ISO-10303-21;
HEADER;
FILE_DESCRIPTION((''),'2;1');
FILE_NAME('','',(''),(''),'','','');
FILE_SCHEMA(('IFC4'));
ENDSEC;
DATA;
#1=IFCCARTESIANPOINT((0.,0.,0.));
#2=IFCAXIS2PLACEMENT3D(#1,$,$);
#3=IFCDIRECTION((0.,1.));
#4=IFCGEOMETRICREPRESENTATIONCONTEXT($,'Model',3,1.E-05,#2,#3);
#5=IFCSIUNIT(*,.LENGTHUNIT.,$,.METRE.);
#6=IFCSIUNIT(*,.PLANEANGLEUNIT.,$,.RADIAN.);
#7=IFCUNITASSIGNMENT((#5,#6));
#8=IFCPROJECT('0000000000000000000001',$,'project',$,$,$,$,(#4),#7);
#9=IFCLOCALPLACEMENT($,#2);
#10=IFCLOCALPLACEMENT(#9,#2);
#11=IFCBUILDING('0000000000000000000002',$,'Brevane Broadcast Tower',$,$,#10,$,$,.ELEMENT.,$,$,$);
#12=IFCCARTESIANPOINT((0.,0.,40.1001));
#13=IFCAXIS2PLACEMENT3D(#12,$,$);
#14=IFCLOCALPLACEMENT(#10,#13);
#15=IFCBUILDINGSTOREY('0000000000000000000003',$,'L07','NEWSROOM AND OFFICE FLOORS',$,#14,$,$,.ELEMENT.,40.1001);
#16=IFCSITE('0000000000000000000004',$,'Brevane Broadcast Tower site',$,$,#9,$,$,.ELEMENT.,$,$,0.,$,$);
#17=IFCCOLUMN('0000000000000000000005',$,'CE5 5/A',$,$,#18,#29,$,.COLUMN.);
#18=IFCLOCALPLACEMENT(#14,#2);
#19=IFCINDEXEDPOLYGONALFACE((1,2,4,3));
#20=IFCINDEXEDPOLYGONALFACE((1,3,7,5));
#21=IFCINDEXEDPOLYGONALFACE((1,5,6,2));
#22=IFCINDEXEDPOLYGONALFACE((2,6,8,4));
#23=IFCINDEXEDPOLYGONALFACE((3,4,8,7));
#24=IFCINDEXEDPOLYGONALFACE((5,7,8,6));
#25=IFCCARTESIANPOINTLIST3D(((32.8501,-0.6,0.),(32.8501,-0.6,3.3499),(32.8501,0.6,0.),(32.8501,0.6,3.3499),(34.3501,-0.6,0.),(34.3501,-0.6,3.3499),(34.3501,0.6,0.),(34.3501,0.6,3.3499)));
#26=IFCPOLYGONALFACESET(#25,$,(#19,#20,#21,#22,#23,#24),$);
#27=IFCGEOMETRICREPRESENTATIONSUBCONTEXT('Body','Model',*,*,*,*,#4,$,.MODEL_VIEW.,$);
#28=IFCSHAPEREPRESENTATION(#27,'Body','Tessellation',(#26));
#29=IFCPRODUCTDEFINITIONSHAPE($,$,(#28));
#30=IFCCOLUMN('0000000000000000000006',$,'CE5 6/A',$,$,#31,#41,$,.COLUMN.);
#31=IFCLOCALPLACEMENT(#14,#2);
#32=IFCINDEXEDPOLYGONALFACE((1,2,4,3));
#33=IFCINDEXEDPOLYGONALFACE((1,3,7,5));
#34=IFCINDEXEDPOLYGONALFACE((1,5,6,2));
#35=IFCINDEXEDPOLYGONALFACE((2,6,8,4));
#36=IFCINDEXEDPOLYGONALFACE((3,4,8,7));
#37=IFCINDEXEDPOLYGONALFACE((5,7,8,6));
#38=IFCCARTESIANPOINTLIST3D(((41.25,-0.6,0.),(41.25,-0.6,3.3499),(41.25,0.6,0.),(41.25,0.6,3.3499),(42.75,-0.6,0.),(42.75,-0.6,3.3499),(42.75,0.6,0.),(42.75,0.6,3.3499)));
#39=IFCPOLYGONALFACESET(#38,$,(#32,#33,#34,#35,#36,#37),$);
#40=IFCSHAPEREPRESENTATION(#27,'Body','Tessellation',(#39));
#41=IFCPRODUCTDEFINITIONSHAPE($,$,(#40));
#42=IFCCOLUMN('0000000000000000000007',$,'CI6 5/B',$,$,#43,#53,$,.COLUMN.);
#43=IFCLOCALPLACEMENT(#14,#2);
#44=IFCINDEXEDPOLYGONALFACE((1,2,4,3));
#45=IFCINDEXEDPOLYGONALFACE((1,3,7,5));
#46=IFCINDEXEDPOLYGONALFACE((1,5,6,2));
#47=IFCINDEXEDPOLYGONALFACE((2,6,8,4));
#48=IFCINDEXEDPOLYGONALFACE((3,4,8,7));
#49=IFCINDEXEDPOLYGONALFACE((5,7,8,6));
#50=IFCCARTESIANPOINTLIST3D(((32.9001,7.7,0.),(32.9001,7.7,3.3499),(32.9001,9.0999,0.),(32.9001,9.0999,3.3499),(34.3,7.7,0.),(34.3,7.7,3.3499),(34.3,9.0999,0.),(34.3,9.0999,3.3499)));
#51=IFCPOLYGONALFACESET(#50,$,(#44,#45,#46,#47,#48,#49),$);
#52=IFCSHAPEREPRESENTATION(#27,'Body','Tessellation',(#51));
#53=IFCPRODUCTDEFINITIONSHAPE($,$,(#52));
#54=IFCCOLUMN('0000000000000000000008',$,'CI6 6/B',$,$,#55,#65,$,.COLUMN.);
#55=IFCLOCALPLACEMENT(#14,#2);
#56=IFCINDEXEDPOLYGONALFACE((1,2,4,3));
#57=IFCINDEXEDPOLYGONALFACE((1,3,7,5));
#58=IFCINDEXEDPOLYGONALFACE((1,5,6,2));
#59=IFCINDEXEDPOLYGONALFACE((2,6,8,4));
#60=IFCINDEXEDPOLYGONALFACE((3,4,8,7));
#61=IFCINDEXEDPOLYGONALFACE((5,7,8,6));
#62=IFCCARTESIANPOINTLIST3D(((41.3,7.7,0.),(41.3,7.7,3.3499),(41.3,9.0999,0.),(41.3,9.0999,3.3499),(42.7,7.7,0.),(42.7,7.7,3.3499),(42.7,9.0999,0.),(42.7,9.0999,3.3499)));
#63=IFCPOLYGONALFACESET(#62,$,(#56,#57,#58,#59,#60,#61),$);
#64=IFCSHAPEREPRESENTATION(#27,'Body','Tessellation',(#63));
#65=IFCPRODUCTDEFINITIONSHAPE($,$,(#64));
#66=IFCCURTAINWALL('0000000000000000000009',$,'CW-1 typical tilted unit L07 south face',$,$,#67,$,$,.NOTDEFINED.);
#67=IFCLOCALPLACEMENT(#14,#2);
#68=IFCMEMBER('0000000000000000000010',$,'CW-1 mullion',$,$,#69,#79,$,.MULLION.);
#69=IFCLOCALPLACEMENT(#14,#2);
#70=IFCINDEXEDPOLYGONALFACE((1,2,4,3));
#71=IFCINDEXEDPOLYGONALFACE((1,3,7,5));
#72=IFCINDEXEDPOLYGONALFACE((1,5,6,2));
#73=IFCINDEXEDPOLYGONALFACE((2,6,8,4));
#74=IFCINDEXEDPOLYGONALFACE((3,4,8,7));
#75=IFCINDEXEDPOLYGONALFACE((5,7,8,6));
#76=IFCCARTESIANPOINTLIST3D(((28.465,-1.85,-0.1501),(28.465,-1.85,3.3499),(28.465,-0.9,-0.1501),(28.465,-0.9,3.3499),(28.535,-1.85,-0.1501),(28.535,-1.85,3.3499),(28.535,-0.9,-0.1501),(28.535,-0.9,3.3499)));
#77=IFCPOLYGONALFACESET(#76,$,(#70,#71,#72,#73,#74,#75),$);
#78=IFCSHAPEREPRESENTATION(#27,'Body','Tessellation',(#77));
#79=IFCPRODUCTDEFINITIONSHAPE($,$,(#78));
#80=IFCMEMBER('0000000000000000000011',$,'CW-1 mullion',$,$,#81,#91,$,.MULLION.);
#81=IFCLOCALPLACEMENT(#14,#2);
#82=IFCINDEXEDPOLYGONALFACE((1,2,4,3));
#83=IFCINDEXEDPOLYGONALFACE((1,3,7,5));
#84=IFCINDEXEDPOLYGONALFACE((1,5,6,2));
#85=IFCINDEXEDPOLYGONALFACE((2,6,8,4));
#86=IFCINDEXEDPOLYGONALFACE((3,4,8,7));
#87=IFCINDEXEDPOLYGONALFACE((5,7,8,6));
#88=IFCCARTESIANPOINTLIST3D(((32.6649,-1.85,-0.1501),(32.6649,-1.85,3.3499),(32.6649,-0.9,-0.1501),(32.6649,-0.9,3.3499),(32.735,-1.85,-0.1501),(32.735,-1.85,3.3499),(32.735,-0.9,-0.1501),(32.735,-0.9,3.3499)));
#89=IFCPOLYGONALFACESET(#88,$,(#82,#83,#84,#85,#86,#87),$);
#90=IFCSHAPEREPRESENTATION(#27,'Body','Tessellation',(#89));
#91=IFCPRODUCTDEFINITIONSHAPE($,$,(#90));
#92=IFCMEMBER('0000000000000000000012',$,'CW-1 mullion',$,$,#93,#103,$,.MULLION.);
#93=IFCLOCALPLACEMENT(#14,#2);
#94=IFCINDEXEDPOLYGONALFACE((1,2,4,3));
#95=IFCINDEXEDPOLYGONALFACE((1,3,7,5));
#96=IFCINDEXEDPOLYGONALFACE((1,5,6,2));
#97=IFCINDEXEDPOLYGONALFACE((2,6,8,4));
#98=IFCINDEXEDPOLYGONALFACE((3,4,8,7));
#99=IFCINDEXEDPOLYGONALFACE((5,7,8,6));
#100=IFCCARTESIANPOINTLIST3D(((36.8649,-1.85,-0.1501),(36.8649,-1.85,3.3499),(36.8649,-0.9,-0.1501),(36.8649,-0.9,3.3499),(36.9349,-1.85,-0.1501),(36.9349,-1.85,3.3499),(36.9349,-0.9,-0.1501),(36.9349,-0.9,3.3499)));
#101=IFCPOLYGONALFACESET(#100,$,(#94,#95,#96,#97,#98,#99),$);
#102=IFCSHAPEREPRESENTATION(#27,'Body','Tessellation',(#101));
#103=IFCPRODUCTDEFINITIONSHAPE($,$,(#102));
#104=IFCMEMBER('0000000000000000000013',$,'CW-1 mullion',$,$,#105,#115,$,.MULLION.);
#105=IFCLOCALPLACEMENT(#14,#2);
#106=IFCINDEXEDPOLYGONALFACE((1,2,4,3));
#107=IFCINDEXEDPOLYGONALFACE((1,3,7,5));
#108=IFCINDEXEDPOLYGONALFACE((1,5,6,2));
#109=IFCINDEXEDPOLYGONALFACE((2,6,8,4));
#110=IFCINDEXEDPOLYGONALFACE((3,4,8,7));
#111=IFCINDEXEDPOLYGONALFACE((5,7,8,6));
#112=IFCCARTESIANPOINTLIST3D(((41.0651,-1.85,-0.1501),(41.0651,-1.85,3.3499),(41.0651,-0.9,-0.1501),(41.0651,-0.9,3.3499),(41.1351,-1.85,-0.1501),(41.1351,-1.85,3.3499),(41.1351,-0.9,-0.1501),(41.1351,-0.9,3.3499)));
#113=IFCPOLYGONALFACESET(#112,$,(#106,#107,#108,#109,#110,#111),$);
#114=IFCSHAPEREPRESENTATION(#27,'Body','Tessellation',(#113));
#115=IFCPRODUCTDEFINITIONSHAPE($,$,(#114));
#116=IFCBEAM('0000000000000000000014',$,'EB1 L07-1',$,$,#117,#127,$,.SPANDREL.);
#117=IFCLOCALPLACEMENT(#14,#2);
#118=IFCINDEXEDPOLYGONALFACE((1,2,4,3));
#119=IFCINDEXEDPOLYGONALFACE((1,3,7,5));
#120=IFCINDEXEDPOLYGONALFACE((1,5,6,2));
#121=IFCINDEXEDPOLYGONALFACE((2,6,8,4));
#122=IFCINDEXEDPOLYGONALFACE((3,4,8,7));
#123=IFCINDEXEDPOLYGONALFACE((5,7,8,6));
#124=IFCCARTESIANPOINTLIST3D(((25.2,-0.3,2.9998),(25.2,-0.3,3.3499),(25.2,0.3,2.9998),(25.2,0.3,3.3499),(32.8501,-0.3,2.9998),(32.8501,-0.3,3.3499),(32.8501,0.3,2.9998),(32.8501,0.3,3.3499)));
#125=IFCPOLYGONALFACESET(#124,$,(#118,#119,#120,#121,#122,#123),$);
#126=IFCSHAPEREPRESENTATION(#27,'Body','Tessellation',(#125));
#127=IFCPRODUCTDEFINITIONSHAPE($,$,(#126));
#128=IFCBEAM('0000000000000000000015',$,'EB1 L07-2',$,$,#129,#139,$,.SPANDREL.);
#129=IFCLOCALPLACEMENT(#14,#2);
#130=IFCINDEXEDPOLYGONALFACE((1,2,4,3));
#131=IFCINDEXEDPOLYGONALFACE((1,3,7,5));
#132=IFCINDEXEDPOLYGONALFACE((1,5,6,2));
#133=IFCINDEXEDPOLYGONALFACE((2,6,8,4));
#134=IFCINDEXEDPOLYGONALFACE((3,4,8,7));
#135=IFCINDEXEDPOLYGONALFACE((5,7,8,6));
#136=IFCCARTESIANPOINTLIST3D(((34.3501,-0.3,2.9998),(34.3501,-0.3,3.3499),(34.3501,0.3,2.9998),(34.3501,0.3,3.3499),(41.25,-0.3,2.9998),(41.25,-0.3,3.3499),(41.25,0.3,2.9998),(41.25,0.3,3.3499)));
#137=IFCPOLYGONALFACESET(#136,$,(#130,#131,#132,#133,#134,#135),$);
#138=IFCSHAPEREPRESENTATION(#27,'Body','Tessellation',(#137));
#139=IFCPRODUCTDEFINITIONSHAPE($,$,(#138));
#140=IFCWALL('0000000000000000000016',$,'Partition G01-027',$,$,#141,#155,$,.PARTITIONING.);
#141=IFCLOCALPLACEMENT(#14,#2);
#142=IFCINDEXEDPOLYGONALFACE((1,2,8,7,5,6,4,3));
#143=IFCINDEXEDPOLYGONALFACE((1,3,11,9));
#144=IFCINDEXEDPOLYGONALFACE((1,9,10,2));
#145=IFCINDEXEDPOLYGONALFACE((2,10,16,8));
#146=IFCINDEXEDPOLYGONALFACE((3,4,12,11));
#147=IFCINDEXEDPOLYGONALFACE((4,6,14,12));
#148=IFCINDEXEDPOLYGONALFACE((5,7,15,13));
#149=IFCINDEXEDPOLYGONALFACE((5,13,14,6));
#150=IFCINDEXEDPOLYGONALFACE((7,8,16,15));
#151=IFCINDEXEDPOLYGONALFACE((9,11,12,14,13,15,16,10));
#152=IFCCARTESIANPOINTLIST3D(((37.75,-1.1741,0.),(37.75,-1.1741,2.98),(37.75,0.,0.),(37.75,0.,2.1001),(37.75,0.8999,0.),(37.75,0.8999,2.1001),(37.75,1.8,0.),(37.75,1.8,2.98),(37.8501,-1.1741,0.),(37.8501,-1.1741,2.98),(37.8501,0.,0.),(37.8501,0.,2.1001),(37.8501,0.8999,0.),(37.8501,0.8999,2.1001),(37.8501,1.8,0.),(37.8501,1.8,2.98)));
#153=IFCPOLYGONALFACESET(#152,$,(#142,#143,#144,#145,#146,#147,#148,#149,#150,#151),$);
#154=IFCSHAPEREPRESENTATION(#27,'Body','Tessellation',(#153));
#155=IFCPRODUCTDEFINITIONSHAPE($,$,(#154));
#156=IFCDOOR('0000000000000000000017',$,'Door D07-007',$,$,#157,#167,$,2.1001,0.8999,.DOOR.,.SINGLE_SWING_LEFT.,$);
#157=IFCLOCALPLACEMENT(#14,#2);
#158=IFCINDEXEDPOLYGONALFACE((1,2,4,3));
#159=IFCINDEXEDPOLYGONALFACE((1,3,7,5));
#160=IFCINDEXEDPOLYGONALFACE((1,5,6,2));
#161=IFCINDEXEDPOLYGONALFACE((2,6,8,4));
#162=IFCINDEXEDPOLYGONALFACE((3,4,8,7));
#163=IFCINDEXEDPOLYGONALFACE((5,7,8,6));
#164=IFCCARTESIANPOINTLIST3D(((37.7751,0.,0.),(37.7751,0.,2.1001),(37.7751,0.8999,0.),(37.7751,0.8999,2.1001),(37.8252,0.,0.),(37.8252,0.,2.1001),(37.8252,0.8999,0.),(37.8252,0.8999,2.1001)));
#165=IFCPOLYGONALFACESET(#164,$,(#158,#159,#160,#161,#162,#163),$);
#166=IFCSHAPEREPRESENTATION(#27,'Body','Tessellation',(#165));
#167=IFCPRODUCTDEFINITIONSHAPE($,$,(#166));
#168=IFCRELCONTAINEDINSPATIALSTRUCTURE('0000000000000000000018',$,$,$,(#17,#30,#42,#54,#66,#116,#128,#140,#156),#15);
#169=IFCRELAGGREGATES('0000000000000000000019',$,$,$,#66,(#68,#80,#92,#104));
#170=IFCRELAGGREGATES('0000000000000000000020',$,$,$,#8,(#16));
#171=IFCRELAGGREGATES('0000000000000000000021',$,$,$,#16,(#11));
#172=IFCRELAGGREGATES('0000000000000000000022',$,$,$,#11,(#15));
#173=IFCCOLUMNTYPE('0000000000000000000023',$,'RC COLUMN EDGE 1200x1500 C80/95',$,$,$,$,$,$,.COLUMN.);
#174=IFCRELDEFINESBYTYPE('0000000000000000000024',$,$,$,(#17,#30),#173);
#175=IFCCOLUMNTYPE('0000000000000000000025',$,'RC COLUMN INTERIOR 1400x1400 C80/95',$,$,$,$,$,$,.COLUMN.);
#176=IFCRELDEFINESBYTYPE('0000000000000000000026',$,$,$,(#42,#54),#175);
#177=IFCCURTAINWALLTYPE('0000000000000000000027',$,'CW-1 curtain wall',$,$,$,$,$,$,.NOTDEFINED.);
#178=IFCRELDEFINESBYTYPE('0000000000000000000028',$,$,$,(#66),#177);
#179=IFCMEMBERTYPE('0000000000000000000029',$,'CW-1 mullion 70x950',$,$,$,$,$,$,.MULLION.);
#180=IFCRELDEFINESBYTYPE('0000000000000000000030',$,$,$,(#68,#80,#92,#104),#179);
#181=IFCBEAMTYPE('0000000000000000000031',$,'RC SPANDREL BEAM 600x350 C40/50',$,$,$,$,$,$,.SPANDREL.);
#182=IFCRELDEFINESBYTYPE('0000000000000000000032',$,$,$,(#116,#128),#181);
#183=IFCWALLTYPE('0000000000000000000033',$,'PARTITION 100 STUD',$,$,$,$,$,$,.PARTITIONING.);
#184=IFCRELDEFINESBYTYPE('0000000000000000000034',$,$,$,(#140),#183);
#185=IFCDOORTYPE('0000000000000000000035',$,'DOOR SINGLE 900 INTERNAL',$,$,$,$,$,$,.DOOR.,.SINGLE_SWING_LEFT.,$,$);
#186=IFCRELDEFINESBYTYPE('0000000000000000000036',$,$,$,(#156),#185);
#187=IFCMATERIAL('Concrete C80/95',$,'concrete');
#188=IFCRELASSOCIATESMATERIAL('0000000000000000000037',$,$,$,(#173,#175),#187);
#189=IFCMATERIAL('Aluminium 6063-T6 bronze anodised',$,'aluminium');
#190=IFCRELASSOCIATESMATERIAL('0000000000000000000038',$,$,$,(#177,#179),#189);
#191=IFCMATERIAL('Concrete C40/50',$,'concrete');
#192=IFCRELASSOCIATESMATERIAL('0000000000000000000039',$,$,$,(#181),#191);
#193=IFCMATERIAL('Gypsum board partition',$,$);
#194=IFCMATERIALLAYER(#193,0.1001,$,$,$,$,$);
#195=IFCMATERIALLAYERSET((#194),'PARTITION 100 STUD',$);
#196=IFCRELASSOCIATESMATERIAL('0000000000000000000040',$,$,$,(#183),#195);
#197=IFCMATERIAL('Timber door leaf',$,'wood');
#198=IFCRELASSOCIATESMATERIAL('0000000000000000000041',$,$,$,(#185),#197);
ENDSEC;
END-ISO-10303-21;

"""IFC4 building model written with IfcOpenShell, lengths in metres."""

from ifc_helpers import new_model, si_unit, direction, frame, frame_2d, origin, origin_2d, place, context, subcontext, project, spatial, rectangle, extrude, material, layer, layer_set, material_profile, profile_set, type_object, element, fill, aggregate, save


model = new_model("IFC4")

# Units and contexts
model_context = context("Model", 3, precision=1e-05, world=origin(), true_north=direction((0.0, 1.0)))
body_context = subcontext(model_context, "Body", "Model", "MODEL_VIEW")
ifc_project = project(units=[si_unit("LENGTHUNIT", "METRE"), si_unit("PLANEANGLEUNIT", "RADIAN")], contexts=[model_context])

# Site, building, storey
site_placement = place(None, origin())
site = spatial("IfcSite", under=ifc_project, at=site_placement, Name="Brevane Broadcast Tower site", CompositionType="ELEMENT", RefElevation=0.0)
building_placement = place(site_placement, origin())
building = spatial("IfcBuilding", under=site, at=building_placement, Name="Brevane Broadcast Tower", CompositionType="ELEMENT")
storey_placement = place(building_placement, frame((0.0, 0.0, 40.1001)))
storey = spatial("IfcBuildingStorey", under=building, at=storey_placement, Name="L07", Description="NEWSROOM AND OFFICE FLOORS", CompositionType="ELEMENT", Elevation=40.1001)

# Columns
ifc_material_1 = material(Name="Concrete C80/95", Category="concrete")
ifc_material_profile_1 = material_profile(ifc_material_1, rectangle(XDim=1.2, YDim=1.5, at=origin_2d()), Name="RC 1200x1500")
ifc_profile_set_1 = profile_set([ifc_material_profile_1], Name="Concrete C80/95")
column_type_1 = type_object("IfcColumnType", Name="RC COLUMN EDGE 1200x1500 C80/95", PredefinedType="COLUMN", material=ifc_profile_set_1)
for number, where, z_axis, x_axis, name in (
    (1, (33.6001, 0.0, 0.0), (0.0, 0.0, 1.0), (0.0, 1.0, 0.0), "CE5 5/A"),
    (2, (42.0, 0.0, 0.0), (0.0, 0.0, 1.0), (0.0, 1.0, 0.0), "CE5 6/A"),
):
    element("IfcColumn", number, at=place(storey_placement, frame(where, z_axis=z_axis, x_axis=x_axis)), inside=storey, type_object=column_type_1, Name=name, PredefinedType="COLUMN", context=body_context, shape_type="SweptSolid", body=[
        extrude(rectangle(XDim=1.2, YDim=1.5, at=origin_2d()), origin(), (0.0, 0.0, 1.0), 3.3499),
    ])
ifc_material_profile_2 = material_profile(ifc_material_1, rectangle(XDim=1.3999, YDim=1.3999, at=origin_2d()), Name="RC 1400x1400")
ifc_profile_set_2 = profile_set([ifc_material_profile_2], Name="Concrete C80/95")
column_type_2 = type_object("IfcColumnType", Name="RC COLUMN INTERIOR 1400x1400 C80/95", PredefinedType="COLUMN", material=ifc_profile_set_2)
for number, where, z_axis, x_axis, name in (
    (3, (33.6001, 8.3999, 0.0), (0.0, 0.0, 1.0), (1.0, 0.0, 0.0), "CI6 5/B"),
    (4, (42.0, 8.3999, 0.0), (0.0, 0.0, 1.0), (1.0, 0.0, 0.0), "CI6 6/B"),
):
    element("IfcColumn", number, at=place(storey_placement, frame(where, z_axis=z_axis, x_axis=x_axis)), inside=storey, type_object=column_type_2, Name=name, PredefinedType="COLUMN", context=body_context, shape_type="SweptSolid", body=[
        extrude(rectangle(XDim=1.3999, YDim=1.3999, at=origin_2d()), origin(), (0.0, 0.0, 1.0), 3.3499),
    ])

# Curtain wall, members
ifc_material_2 = material(Name="Aluminium 6063-T6 bronze anodised", Category="aluminium")
curtain_wall_type = type_object("IfcCurtainWallType", Name="CW-1 curtain wall", PredefinedType="NOTDEFINED", material=ifc_material_2)
curtain_wall_placement = place(storey_placement, origin())
curtain_wall = element("IfcCurtainWall", 5, at=curtain_wall_placement, inside=storey, type_object=curtain_wall_type, Name="CW-1 typical tilted unit L07 south face", PredefinedType="NOTDEFINED")
ifc_material_profile_3 = material_profile(ifc_material_2, rectangle(XDim=0.95, YDim=0.0701, at=origin_2d()), Name="RECT 70x950")
ifc_profile_set_3 = profile_set([ifc_material_profile_3], Name="Aluminium 6063-T6 bronze anodised")
member_type = type_object("IfcMemberType", Name="CW-1 mullion 70x950", PredefinedType="MULLION", material=ifc_profile_set_3)
member_1_placement = place(storey_placement, frame((28.5, -1.375, -0.1501), z_axis=(0.0, 0.0, 1.0), x_axis=(0.0, 1.0, 0.0)))
member_1 = element("IfcMember", 6, at=member_1_placement, type_object=member_type, Name="CW-1 mullion", PredefinedType="MULLION", context=body_context, shape_type="SweptSolid", body=[
    extrude(rectangle(XDim=0.95, YDim=0.0701, at=origin_2d()), origin(), (0.0, 0.0, 1.0), 3.5),
])
member_2_placement = place(storey_placement, frame((32.7, -1.375, -0.1501), z_axis=(0.0, 0.0, 1.0), x_axis=(0.0, 1.0, 0.0)))
member_2 = element("IfcMember", 7, at=member_2_placement, type_object=member_type, Name="CW-1 mullion", PredefinedType="MULLION", context=body_context, shape_type="SweptSolid", body=[
    extrude(rectangle(XDim=0.95, YDim=0.0701, at=origin_2d()), origin(), (0.0, 0.0, 1.0), 3.5),
])
member_3_placement = place(storey_placement, frame((36.8999, -1.375, -0.1501), z_axis=(0.0, 0.0, 1.0), x_axis=(0.0, 1.0, 0.0)))
member_3 = element("IfcMember", 8, at=member_3_placement, type_object=member_type, Name="CW-1 mullion", PredefinedType="MULLION", context=body_context, shape_type="SweptSolid", body=[
    extrude(rectangle(XDim=0.95, YDim=0.0701, at=origin_2d()), origin(), (0.0, 0.0, 1.0), 3.5),
])
member_4_placement = place(storey_placement, frame((41.1001, -1.375, -0.1501), z_axis=(0.0, 0.0, 1.0), x_axis=(0.0, 1.0, 0.0)))
member_4 = element("IfcMember", 9, at=member_4_placement, type_object=member_type, Name="CW-1 mullion", PredefinedType="MULLION", context=body_context, shape_type="SweptSolid", body=[
    extrude(rectangle(XDim=0.95, YDim=0.0701, at=origin_2d()), origin(), (0.0, 0.0, 1.0), 3.5),
])
aggregate(curtain_wall, [member_1, member_2, member_3, member_4])

# Beams
ifc_material_3 = material(Name="Concrete C40/50", Category="concrete")
ifc_material_profile_4 = material_profile(ifc_material_3, rectangle(XDim=0.6001, YDim=0.3501, at=origin_2d()), Name="RC 600x350")
ifc_profile_set_4 = profile_set([ifc_material_profile_4], Name="Concrete C40/50")
beam_type = type_object("IfcBeamType", Name="RC SPANDREL BEAM 600x350 C40/50", PredefinedType="SPANDREL", material=ifc_profile_set_4)
beam_1_placement = place(storey_placement, frame((25.2, 0.0, 3.1748), z_axis=(1.0, 0.0, 0.0), x_axis=(0.0, 1.0, 0.0)))
element("IfcBeam", 10, at=beam_1_placement, inside=storey, type_object=beam_type, Name="EB1 L07-1", PredefinedType="SPANDREL", context=body_context, shape_type="SweptSolid", body=[
    extrude(rectangle(XDim=0.6001, YDim=0.3501, at=origin_2d()), origin(), (0.0, 0.0, 1.0), 7.6501),
])
beam_2_placement = place(storey_placement, frame((34.3501, 0.0, 3.1748), z_axis=(1.0, 0.0, 0.0), x_axis=(0.0, 1.0, 0.0)))
element("IfcBeam", 11, at=beam_2_placement, inside=storey, type_object=beam_type, Name="EB1 L07-2", PredefinedType="SPANDREL", context=body_context, shape_type="SweptSolid", body=[
    extrude(rectangle(XDim=0.6001, YDim=0.3501, at=origin_2d()), origin(), (0.0, 0.0, 1.0), 6.8999),
])

# Wall, opening, door
ifc_material_4 = material(Name="Gypsum board partition")
ifc_layer_1 = layer(ifc_material_4, 0.1001)
ifc_layer_set_1 = layer_set([ifc_layer_1], Name="PARTITION 100 STUD")
wall_type_1 = type_object("IfcWallType", Name="PARTITION 100 STUD", PredefinedType="PARTITIONING", material=ifc_layer_set_1)
wall_1_placement = place(storey_placement, frame((37.8, -1.1741, 0.0), z_axis=(0.0, 0.0, 1.0), x_axis=(0.0, 1.0, 0.0)))
wall_1 = element("IfcWall", 12, at=wall_1_placement, inside=storey, type_object=wall_type_1, Name="Partition G01-027", PredefinedType="PARTITIONING", context=body_context, shape_type="SweptSolid", body=[
    extrude(rectangle(XDim=2.9741, YDim=0.1001, at=frame_2d((1.4871, 0.0))), origin(), (0.0, 0.0, 1.0), 2.98),
])
opening_1_placement = place(wall_1_placement, frame((1.1741, 0.0, 0.0)))
opening_1 = element("IfcOpeningElement", 13, at=opening_1_placement, cuts=wall_1, PredefinedType="OPENING", context=body_context, shape_type="SweptSolid", body=[
    extrude(rectangle(XDim=0.8999, YDim=2.1001, at=frame_2d((0.45, 1.05))), frame((0.0, 0.0601, 0.0), z_axis=(0.0, -1.0, 0.0), x_axis=(1.0, 0.0, 0.0)), (0.0, 0.0, 1.0), 0.1201),
])
ifc_material_5 = material(Name="Timber door leaf", Category="wood")
door_type_1 = type_object("IfcDoorType", Name="DOOR SINGLE 900 INTERNAL", OperationType="SINGLE_SWING_LEFT", PredefinedType="DOOR", material=ifc_material_5)
door_1_placement = place(opening_1_placement, origin())
door_1 = element("IfcDoor", 14, at=door_1_placement, inside=storey, type_object=door_type_1, Name="Door D07-007", OperationType="SINGLE_SWING_LEFT", OverallHeight=2.1001, OverallWidth=0.8999, PredefinedType="DOOR", context=body_context, shape_type="SweptSolid", body=[
    extrude(rectangle(XDim=0.8999, YDim=2.1001, at=frame_2d((0.45, 1.05))), frame((0.0, 0.0249, 0.0), z_axis=(0.0, -1.0, 0.0), x_axis=(1.0, 0.0, 0.0)), (0.0, 0.0, 1.0), 0.05),
])
fill(opening_1, door_1)

save(model, "model.ifc")
